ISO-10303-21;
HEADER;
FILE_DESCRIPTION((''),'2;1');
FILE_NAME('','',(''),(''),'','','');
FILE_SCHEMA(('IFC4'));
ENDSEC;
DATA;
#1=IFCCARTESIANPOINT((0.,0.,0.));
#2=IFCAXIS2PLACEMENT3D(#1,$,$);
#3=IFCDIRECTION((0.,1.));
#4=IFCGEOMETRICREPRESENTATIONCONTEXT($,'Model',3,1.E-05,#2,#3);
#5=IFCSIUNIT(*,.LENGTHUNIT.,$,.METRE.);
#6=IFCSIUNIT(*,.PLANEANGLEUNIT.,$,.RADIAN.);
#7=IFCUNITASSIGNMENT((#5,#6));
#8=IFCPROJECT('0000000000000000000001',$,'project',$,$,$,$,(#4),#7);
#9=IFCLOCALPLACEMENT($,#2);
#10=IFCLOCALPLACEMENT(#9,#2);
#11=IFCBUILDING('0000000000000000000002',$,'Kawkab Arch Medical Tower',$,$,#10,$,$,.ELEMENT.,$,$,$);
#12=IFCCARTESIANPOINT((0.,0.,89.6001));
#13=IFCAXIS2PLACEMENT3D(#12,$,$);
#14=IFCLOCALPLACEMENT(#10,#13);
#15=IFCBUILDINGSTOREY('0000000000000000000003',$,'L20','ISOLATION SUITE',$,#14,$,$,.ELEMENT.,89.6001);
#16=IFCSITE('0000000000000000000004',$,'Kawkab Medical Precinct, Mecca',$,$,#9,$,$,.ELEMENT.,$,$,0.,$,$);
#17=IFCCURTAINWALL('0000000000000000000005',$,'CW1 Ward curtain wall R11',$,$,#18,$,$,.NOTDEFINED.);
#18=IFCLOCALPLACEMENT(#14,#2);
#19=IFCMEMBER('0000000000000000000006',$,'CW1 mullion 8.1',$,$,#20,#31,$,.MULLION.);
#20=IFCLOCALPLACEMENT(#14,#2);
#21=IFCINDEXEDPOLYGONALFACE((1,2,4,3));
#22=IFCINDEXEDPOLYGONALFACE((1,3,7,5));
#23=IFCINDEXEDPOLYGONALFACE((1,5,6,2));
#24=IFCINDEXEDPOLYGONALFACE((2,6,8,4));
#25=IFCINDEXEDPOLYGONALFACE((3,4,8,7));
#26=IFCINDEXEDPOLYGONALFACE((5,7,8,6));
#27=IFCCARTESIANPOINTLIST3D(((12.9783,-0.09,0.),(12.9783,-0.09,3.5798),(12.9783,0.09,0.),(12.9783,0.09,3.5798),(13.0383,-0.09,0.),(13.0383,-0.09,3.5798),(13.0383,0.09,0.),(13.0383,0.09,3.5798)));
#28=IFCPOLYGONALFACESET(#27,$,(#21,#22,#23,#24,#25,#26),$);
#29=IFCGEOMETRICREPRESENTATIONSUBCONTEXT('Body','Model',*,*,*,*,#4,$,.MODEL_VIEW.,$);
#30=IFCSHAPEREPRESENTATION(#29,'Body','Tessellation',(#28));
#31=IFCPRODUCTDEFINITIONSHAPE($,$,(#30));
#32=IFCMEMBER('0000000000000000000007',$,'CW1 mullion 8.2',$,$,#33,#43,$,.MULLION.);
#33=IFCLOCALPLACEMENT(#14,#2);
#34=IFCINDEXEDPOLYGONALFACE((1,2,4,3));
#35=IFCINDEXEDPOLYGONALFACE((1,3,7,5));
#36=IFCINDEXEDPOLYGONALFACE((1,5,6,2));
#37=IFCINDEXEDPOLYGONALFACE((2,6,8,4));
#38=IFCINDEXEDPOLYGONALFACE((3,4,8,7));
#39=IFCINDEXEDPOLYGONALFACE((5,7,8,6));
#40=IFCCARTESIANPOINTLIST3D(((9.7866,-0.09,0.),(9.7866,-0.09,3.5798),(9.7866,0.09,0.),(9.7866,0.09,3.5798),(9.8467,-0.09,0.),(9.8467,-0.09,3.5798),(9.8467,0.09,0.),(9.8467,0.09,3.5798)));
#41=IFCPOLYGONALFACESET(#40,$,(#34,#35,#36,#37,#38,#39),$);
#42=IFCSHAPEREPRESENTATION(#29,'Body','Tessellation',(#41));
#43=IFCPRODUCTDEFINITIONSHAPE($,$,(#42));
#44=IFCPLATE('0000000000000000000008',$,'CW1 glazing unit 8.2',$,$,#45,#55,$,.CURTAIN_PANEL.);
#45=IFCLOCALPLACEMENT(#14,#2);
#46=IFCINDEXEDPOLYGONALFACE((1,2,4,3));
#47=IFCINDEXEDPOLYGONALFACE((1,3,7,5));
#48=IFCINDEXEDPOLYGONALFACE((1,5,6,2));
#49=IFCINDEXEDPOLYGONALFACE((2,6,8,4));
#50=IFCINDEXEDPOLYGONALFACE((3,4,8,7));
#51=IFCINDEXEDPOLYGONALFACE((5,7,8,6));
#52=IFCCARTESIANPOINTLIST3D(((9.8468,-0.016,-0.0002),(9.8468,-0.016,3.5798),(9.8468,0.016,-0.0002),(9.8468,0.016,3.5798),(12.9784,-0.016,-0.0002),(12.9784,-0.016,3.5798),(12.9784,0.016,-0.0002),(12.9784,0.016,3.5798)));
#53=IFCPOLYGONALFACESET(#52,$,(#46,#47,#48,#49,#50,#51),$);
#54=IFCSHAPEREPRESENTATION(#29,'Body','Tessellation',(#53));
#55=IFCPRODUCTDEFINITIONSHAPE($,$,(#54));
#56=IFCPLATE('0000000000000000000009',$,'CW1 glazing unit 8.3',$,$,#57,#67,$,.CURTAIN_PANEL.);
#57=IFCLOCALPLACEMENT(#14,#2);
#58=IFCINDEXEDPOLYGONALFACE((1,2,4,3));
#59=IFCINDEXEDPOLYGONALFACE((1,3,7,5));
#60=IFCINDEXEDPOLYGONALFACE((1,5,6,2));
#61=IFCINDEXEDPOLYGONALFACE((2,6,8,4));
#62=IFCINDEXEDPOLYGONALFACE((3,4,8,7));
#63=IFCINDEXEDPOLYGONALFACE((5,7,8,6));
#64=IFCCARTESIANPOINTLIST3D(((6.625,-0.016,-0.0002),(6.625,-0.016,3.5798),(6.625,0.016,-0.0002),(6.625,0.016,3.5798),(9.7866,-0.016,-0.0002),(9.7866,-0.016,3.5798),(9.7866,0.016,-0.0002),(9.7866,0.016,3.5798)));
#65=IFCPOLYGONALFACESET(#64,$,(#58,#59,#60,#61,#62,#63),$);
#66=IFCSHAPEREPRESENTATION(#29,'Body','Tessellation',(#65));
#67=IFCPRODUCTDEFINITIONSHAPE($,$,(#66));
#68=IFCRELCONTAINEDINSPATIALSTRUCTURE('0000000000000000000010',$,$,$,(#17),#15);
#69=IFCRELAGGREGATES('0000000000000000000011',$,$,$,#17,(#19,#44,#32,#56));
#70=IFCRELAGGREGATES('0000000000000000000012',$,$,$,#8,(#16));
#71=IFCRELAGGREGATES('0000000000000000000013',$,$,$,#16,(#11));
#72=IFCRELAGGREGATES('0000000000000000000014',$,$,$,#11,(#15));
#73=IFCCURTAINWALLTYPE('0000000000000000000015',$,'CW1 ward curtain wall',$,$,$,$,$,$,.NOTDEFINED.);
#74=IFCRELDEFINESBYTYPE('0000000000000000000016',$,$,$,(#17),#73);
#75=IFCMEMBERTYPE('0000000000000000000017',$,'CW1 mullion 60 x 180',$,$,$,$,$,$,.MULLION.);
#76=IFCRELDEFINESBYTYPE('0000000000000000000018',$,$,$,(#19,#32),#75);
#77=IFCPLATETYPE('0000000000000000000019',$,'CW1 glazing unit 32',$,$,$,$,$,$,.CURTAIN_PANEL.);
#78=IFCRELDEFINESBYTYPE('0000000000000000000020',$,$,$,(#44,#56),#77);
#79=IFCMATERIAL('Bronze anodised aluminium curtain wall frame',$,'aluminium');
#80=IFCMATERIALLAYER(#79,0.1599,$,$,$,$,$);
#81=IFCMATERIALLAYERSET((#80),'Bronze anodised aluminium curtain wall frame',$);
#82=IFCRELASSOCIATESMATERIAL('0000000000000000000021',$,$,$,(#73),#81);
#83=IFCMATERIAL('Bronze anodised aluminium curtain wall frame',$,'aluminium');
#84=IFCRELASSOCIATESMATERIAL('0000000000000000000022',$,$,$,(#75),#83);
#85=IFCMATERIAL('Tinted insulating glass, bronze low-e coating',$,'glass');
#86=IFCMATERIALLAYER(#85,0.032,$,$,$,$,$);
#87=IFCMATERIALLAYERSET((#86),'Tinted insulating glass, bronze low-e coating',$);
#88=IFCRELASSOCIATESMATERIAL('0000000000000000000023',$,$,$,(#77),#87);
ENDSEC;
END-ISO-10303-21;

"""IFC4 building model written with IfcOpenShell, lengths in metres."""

from ifc_helpers import new_model, si_unit, direction, frame, origin, origin_2d, place, context, subcontext, project, spatial, rectangle, extrude, material, layer, layer_set, material_profile, profile_set, type_object, element, aggregate, save


model = new_model("IFC4")

# Units and contexts
model_context = context("Model", 3, precision=1e-05, world=origin(), true_north=direction((0.0, 1.0)))
body_context = subcontext(model_context, "Body", "Model", "MODEL_VIEW")
ifc_project = project(units=[si_unit("LENGTHUNIT", "METRE"), si_unit("PLANEANGLEUNIT", "RADIAN")], contexts=[model_context])

# Site, building, storey
site_placement = place(None, origin())
site = spatial("IfcSite", under=ifc_project, at=site_placement, Name="Kawkab Medical Precinct, Mecca", CompositionType="ELEMENT", RefElevation=0.0)
building_placement = place(site_placement, origin())
building = spatial("IfcBuilding", under=site, at=building_placement, Name="Kawkab Arch Medical Tower", CompositionType="ELEMENT")
storey_placement = place(building_placement, frame((0.0, 0.0, 89.6001)))
storey = spatial("IfcBuildingStorey", under=building, at=storey_placement, Name="L20", Description="ISOLATION SUITE", CompositionType="ELEMENT", Elevation=89.6001)

# Curtain wall, members, plates
ifc_material_1 = material(Name="Bronze anodised aluminium curtain wall frame", Category="aluminium")
ifc_layer_1 = layer(ifc_material_1, 0.1599)
ifc_layer_set_1 = layer_set([ifc_layer_1], Name="Bronze anodised aluminium curtain wall frame")
curtain_wall_type = type_object("IfcCurtainWallType", Name="CW1 ward curtain wall", PredefinedType="NOTDEFINED", material=ifc_layer_set_1)
placement = place(storey_placement, origin())
curtain_wall = element("IfcCurtainWall", 1, at=placement, inside=storey, type_object=curtain_wall_type, Name="CW1 Ward curtain wall R11", PredefinedType="NOTDEFINED")
ifc_material_2 = material(Name="Bronze anodised aluminium curtain wall frame", Category="aluminium")
ifc_material_profile_1 = material_profile(ifc_material_2, rectangle(XDim=0.1799, YDim=0.0601, at=origin_2d()), Name="AL 60x180")
ifc_profile_set_1 = profile_set([ifc_material_profile_1], Name="Bronze anodised aluminium curtain wall frame")
member_type = type_object("IfcMemberType", Name="CW1 mullion 60 x 180", PredefinedType="MULLION", material=ifc_profile_set_1)
member_1_placement = place(storey_placement, frame((13.0083, 0.0, 0.0), z_axis=(0.0, 0.0, 1.0), x_axis=(0.0, -1.0, 0.0)))
member_1 = element("IfcMember", 2, at=member_1_placement, type_object=member_type, Name="CW1 mullion 8.1", PredefinedType="MULLION", context=body_context, shape_type="SweptSolid", body=[
    extrude(rectangle(XDim=0.1799, YDim=0.0601, at=origin_2d()), origin(), (0.0, 0.0, 1.0), 3.5798),
])
member_2_placement = place(storey_placement, frame((9.8167, 0.0, 0.0), z_axis=(0.0, 0.0, 1.0), x_axis=(0.0, -1.0, 0.0)))
member_2 = element("IfcMember", 3, at=member_2_placement, type_object=member_type, Name="CW1 mullion 8.2", PredefinedType="MULLION", context=body_context, shape_type="SweptSolid", body=[
    extrude(rectangle(XDim=0.1799, YDim=0.0601, at=origin_2d()), origin(), (0.0, 0.0, 1.0), 3.5798),
])
ifc_material_3 = material(Name="Tinted insulating glass, bronze low-e coating", Category="glass")
ifc_layer_2 = layer(ifc_material_3, 0.032)
ifc_layer_set_2 = layer_set([ifc_layer_2], Name="Tinted insulating glass, bronze low-e coating")
plate_type = type_object("IfcPlateType", Name="CW1 glazing unit 32", PredefinedType="CURTAIN_PANEL", material=ifc_layer_set_2)
plate_1_placement = place(storey_placement, frame((11.4126, 0.0, -0.0002), z_axis=(0.0, 0.0, 1.0), x_axis=(-1.0, 0.0, 0.0)))
plate_1 = element("IfcPlate", 4, at=plate_1_placement, type_object=plate_type, Name="CW1 glazing unit 8.2", PredefinedType="CURTAIN_PANEL", context=body_context, shape_type="SweptSolid", body=[
    extrude(rectangle(XDim=3.1316, YDim=0.032, at=origin_2d()), origin(), (0.0, 0.0, 1.0), 3.5801),
])
plate_2_placement = place(storey_placement, frame((8.2058, 0.0, -0.0002), z_axis=(0.0, 0.0, 1.0), x_axis=(-1.0, 0.0, 0.0)))
plate_2 = element("IfcPlate", 5, at=plate_2_placement, type_object=plate_type, Name="CW1 glazing unit 8.3", PredefinedType="CURTAIN_PANEL", context=body_context, shape_type="SweptSolid", body=[
    extrude(rectangle(XDim=3.1616, YDim=0.032, at=origin_2d()), origin(), (0.0, 0.0, 1.0), 3.5801),
])
aggregate(curtain_wall, [member_1, plate_1, member_2, plate_2])

save(model, "model.ifc")
